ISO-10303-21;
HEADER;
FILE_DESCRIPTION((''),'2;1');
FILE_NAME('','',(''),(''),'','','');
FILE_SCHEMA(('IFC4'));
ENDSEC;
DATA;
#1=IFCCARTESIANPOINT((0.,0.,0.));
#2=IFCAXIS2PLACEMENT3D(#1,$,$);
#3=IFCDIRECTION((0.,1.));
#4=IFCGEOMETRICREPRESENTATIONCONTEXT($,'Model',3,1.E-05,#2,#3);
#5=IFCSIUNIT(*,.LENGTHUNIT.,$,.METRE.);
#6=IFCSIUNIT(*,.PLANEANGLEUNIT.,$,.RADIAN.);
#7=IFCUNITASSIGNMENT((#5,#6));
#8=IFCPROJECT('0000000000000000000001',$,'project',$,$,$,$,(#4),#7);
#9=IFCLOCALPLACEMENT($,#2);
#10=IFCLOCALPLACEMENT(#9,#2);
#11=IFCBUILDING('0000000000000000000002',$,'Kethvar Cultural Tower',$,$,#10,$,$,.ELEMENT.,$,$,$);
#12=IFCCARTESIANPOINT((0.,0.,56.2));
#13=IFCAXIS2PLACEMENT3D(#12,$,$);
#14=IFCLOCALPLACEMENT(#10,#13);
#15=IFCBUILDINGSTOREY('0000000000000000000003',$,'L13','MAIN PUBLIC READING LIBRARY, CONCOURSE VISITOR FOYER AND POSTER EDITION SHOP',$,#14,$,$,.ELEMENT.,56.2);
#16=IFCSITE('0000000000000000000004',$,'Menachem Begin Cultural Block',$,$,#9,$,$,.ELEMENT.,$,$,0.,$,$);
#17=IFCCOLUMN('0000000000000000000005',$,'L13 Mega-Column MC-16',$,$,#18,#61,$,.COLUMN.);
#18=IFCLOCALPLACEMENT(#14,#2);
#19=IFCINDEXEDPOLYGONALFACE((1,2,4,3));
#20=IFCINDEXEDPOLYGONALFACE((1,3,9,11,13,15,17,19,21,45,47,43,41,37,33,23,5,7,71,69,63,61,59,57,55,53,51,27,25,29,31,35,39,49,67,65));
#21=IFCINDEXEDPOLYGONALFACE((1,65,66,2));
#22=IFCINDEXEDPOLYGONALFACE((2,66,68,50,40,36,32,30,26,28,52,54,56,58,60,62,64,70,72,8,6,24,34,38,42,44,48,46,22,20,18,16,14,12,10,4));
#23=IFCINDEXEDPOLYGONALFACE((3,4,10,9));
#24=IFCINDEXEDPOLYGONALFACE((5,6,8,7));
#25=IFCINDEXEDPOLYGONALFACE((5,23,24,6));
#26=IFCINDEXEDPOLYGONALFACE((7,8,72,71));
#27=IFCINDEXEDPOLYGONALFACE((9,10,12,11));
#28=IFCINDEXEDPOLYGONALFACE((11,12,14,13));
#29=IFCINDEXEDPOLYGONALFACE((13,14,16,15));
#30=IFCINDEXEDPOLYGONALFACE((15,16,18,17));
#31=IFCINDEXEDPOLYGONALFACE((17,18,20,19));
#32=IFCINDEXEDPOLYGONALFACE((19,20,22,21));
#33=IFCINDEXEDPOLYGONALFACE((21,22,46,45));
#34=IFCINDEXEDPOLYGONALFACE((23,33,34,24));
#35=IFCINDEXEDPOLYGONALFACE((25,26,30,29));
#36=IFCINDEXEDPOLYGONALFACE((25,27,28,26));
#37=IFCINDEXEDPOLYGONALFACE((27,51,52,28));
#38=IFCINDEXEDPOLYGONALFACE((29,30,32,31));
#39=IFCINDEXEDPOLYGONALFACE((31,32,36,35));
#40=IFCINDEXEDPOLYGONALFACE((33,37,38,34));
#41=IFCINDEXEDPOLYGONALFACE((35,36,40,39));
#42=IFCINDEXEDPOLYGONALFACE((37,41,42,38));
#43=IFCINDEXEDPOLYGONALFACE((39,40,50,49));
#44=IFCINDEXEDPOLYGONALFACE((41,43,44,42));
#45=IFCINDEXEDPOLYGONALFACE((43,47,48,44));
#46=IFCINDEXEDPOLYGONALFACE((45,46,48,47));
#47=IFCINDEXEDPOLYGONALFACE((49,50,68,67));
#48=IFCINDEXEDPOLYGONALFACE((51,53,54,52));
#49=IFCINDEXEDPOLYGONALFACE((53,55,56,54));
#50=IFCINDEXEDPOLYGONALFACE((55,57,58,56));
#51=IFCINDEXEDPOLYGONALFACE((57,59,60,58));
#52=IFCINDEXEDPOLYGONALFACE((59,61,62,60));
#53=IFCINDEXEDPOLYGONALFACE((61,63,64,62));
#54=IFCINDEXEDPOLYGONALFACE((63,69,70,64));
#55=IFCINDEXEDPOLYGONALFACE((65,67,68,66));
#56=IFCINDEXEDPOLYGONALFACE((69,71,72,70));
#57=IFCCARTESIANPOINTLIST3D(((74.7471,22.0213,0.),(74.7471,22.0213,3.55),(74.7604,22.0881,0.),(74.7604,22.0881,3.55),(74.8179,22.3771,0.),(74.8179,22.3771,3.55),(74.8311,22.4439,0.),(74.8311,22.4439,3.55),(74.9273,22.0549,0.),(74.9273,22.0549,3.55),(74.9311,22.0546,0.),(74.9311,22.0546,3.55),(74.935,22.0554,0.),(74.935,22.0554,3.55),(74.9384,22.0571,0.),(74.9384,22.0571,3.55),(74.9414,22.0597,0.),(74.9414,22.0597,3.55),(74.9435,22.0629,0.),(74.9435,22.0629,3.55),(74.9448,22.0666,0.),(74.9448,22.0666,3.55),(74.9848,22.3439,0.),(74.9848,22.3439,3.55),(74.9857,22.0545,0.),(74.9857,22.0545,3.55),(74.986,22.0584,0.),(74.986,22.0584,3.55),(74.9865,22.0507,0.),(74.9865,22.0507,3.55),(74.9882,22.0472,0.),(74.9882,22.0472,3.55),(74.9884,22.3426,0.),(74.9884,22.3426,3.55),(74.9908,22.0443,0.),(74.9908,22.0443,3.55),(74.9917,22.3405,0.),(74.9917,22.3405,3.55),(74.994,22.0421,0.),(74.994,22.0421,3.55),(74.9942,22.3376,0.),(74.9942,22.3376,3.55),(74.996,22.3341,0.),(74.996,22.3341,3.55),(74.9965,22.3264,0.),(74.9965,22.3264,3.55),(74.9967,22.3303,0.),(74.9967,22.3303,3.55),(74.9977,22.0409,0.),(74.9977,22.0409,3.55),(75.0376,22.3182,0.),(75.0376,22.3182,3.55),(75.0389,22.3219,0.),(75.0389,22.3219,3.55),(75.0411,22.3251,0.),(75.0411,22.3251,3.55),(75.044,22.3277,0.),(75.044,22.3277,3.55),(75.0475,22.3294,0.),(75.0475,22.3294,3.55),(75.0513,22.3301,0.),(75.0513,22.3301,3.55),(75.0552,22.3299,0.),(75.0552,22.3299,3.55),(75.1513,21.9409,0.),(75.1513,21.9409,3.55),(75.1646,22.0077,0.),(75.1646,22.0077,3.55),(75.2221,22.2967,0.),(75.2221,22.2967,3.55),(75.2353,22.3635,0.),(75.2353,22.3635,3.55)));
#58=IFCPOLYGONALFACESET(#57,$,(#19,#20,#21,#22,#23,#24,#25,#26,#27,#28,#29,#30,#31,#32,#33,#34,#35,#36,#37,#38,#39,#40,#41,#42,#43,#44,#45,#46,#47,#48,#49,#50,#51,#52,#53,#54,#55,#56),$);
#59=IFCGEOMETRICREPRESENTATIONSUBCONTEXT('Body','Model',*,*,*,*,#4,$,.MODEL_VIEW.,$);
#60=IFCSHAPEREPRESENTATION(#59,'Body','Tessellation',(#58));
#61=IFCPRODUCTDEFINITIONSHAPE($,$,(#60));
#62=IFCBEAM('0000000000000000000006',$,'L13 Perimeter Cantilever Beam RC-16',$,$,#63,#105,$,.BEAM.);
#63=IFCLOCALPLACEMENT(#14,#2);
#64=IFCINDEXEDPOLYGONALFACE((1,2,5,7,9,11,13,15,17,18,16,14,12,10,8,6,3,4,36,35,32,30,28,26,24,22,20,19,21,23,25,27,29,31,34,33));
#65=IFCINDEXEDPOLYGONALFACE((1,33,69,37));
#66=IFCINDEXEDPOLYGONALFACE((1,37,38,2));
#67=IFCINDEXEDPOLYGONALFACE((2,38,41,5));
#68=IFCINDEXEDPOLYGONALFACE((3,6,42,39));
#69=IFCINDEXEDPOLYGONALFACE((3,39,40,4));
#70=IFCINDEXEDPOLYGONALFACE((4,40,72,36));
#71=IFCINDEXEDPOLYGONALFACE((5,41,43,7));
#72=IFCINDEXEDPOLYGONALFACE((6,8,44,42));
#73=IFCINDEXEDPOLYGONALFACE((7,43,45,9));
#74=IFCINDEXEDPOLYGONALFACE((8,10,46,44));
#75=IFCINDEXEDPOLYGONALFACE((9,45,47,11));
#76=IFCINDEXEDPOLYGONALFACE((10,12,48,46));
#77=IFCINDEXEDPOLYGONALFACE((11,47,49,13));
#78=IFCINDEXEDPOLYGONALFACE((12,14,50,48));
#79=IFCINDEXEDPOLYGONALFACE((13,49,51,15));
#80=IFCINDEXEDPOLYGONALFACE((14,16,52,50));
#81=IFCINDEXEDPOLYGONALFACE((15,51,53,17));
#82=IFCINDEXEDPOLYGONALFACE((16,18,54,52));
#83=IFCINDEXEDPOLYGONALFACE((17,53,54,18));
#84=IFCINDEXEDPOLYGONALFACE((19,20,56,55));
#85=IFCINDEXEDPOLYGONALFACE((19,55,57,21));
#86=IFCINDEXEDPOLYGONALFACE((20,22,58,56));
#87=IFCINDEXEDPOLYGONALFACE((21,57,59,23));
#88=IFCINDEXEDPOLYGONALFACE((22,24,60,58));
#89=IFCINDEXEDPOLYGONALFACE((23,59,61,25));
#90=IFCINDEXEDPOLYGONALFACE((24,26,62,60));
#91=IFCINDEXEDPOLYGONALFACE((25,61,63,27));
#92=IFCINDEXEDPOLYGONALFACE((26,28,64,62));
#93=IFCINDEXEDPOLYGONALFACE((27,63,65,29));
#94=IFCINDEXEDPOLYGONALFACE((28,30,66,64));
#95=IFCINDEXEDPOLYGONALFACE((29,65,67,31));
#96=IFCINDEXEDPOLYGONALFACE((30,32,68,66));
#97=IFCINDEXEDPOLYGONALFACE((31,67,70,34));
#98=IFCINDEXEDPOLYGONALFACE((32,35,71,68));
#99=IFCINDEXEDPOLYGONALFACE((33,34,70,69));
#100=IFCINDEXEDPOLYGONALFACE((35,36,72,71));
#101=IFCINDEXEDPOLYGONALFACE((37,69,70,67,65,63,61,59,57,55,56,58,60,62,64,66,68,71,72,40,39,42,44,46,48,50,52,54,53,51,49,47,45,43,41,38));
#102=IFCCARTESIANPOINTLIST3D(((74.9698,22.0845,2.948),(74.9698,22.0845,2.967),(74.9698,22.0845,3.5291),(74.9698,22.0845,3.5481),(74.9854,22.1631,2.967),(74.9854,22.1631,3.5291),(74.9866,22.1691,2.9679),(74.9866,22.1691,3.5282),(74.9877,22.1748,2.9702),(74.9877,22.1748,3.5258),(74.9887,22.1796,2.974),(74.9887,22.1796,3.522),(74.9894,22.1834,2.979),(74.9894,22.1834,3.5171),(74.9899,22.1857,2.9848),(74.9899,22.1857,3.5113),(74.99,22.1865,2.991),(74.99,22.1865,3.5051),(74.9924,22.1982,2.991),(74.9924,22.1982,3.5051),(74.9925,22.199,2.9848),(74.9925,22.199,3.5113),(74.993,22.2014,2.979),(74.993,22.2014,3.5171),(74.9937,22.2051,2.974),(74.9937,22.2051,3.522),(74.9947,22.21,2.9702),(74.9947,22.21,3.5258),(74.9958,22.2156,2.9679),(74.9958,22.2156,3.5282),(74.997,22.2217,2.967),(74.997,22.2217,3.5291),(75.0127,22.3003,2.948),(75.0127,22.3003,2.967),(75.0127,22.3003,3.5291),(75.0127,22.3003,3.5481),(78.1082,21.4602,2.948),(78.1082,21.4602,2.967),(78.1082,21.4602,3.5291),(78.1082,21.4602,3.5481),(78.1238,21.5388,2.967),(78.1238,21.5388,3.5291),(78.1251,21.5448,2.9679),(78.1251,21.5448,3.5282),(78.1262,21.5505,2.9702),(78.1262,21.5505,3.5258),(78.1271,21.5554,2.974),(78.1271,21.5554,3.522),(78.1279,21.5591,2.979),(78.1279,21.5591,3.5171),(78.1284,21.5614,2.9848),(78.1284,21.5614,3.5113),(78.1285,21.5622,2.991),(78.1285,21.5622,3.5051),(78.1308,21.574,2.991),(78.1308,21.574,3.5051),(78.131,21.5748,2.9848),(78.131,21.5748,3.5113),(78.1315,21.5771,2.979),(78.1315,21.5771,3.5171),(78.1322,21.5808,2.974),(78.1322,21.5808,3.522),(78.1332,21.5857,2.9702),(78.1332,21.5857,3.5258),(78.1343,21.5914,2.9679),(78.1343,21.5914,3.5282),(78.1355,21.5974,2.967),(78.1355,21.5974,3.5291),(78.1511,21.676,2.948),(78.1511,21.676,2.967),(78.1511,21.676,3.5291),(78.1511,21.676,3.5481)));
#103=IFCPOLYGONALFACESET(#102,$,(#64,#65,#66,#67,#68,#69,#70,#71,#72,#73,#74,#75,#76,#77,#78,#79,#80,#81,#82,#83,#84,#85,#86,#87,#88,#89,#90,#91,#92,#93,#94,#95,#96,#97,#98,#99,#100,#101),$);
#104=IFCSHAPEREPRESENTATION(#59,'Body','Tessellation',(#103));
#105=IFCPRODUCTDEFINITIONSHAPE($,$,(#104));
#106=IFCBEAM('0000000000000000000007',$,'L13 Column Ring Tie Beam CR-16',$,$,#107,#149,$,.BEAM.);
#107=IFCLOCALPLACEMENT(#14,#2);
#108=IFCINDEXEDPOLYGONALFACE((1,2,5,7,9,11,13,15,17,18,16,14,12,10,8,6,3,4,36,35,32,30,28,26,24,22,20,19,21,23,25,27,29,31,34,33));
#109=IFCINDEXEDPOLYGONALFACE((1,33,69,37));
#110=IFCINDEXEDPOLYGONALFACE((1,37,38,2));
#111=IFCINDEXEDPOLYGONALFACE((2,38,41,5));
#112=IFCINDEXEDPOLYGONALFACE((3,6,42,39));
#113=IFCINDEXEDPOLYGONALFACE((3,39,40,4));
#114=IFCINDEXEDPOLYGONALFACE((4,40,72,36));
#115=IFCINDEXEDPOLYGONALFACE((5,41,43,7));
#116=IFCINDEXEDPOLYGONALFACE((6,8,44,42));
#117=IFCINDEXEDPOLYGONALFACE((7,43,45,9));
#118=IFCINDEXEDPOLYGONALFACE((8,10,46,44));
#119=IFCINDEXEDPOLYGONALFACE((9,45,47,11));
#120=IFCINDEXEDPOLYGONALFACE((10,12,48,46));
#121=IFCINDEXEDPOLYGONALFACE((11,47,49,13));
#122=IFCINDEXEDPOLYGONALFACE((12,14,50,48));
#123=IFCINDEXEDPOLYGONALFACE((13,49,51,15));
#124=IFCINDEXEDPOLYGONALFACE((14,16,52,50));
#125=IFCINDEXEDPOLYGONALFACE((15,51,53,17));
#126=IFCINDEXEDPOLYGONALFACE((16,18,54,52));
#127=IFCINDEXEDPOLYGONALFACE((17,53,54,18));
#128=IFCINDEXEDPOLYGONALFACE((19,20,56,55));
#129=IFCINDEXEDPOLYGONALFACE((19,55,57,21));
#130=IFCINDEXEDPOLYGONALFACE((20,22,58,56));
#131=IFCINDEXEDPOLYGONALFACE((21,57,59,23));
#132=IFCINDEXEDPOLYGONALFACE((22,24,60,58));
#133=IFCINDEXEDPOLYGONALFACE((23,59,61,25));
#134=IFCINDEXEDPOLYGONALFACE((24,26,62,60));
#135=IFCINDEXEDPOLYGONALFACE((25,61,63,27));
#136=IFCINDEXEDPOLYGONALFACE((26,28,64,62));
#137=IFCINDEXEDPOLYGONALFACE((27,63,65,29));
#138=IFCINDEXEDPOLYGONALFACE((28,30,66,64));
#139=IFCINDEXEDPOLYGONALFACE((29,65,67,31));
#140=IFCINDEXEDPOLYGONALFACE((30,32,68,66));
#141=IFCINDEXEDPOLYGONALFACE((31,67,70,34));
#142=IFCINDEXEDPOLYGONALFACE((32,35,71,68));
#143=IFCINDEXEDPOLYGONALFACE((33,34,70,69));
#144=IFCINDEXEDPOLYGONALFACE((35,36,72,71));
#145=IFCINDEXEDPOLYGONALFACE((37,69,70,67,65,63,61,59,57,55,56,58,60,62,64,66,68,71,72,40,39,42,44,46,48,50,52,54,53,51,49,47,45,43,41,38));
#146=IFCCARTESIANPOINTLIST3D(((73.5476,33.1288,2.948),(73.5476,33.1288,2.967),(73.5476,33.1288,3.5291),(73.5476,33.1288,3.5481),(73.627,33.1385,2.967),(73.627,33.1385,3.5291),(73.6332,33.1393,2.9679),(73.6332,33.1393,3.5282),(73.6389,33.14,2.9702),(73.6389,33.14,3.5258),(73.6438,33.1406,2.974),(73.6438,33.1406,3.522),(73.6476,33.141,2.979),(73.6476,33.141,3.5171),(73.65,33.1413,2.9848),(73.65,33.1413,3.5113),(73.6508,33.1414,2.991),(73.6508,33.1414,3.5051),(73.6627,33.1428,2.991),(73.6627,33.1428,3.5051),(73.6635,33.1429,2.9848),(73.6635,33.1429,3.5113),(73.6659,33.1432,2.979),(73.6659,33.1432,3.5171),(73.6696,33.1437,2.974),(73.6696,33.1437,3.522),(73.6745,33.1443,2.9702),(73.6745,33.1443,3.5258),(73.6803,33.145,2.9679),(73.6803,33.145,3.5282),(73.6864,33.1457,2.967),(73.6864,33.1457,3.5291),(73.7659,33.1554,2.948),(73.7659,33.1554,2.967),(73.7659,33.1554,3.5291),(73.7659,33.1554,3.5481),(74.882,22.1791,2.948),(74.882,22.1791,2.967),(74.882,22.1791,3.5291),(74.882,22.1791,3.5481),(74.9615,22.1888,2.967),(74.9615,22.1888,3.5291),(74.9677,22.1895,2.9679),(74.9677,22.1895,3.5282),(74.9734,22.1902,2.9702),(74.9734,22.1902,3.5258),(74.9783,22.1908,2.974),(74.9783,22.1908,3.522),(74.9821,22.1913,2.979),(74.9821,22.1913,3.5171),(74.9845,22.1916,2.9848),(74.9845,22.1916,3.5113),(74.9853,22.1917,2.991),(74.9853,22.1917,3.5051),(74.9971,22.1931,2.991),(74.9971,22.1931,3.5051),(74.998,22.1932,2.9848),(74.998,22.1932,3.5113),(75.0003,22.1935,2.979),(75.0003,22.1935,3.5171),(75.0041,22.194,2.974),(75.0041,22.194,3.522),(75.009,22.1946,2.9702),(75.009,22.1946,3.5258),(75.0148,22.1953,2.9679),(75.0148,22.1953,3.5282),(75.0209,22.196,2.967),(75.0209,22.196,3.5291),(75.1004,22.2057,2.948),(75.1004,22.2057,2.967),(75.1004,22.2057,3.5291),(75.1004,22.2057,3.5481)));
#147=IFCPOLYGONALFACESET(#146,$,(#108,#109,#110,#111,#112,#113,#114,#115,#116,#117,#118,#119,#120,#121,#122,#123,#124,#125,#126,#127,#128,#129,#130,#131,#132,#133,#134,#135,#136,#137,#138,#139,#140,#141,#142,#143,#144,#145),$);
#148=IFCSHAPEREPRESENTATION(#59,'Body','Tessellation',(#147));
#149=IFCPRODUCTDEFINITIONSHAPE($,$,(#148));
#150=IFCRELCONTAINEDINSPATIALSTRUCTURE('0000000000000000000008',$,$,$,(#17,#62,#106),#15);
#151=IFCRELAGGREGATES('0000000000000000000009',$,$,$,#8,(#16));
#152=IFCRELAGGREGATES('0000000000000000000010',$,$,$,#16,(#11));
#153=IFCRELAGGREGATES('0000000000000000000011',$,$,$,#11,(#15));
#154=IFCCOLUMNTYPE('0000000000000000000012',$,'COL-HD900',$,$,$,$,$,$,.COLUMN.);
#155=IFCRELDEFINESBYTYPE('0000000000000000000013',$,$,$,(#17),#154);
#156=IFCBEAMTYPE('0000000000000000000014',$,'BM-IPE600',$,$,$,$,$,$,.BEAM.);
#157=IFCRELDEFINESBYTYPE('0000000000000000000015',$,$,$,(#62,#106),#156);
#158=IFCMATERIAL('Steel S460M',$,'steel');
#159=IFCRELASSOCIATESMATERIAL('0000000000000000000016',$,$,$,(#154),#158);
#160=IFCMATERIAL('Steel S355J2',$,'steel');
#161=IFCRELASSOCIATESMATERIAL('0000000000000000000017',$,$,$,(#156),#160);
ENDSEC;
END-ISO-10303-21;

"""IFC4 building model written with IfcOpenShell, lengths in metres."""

from ifc_helpers import new_model, si_unit, direction, frame, origin, origin_2d, place, context, subcontext, project, spatial, i_section, extrude, source, transform, mapped, material, material_profile, profile_set, type_object, element, save


model = new_model("IFC4")

# Units and contexts
model_context = context("Model", 3, precision=1e-05, world=origin(), true_north=direction((0.0, 1.0)))
body_context = subcontext(model_context, "Body", "Model", "MODEL_VIEW")
ifc_project = project(units=[si_unit("LENGTHUNIT", "METRE"), si_unit("PLANEANGLEUNIT", "RADIAN")], contexts=[model_context])

# Site, building, storey
site_placement = place(None, origin())
site = spatial("IfcSite", under=ifc_project, at=site_placement, Name="Menachem Begin Cultural Block", CompositionType="ELEMENT", RefElevation=0.0)
building_placement = place(site_placement, origin())
building = spatial("IfcBuilding", under=site, at=building_placement, Name="Kethvar Cultural Tower", CompositionType="ELEMENT")
storey_placement = place(building_placement, frame((0.0, 0.0, 56.2)))
storey = spatial("IfcBuildingStorey", under=building, at=storey_placement, Name="L13", Description="MAIN PUBLIC READING LIBRARY, CONCOURSE VISITOR FOYER AND POSTER EDITION SHOP", CompositionType="ELEMENT", Elevation=56.2)

# Column
ifc_material_1 = material(Name="Steel S460M", Category="steel")
ifc_material_profile_1 = material_profile(ifc_material_1, i_section(OverallWidth=0.4121, OverallDepth=0.4309, WebThickness=0.042, FlangeThickness=0.0681, FilletRadius=0.0149, at=origin_2d()), Name="Steel S460M — HD400x900")
ifc_profile_set_1 = profile_set([ifc_material_profile_1], Name="Steel S460M — HD400x900")
column_type = type_object("IfcColumnType", Name="COL-HD900", PredefinedType="COLUMN", material=ifc_profile_set_1)
shared_shape_1 = source(origin(), body_context, "Body", "SweptSolid", [
    extrude(i_section(OverallWidth=0.4121, OverallDepth=0.4309, WebThickness=0.042, FlangeThickness=0.0681, FilletRadius=0.0149, at=origin_2d()), origin(), (0.0, 0.0, 1.0), 3.55),
])
column_placement = place(storey_placement, frame((74.9912, 22.1924, 0.0), z_axis=(0.0, 0.0, 1.0), x_axis=(0.980785, -0.19509, 0.0)))
element("IfcColumn", 1, at=column_placement, inside=storey, type_object=column_type, Name="L13 Mega-Column MC-16", PredefinedType="COLUMN", context=body_context, shape_type="MappedRepresentation", body=[
    mapped(shared_shape_1, transform((0.0, 0.0, 0.0), scale=1.0)),
])

# Beams
ifc_material_2 = material(Name="Steel S355J2", Category="steel")
ifc_material_profile_2 = material_profile(ifc_material_2, i_section(OverallWidth=0.22, OverallDepth=0.6001, WebThickness=0.012, FlangeThickness=0.019, FilletRadius=0.0239, at=origin_2d()), Name="Steel S355J2 — IPE600")
ifc_profile_set_2 = profile_set([ifc_material_profile_2], Name="Steel S355J2 — IPE600")
beam_type_1 = type_object("IfcBeamType", Name="BM-IPE600", PredefinedType="BEAM", material=ifc_profile_set_2)
shared_shape_2 = source(origin(), body_context, "Body", "SweptSolid", [
    extrude(i_section(OverallWidth=0.22, OverallDepth=0.6001, WebThickness=0.012, FlangeThickness=0.019, FilletRadius=0.0239, at=origin_2d()), origin(), (0.0, 0.0, 1.0), 3.2),
])
beam_1_placement = place(storey_placement, frame((74.9912, 22.1924, 3.248), z_axis=(0.980786, -0.195089, 0.0), x_axis=(0.195089, 0.980786, 0.0)))
element("IfcBeam", 2, at=beam_1_placement, inside=storey, type_object=beam_type_1, Name="L13 Perimeter Cantilever Beam RC-16", PredefinedType="BEAM", context=body_context, shape_type="MappedRepresentation", body=[
    mapped(shared_shape_2, transform((0.0, 0.0, 0.0), scale=1.0)),
])
shared_shape_3 = source(origin(), body_context, "Body", "SweptSolid", [
    extrude(i_section(OverallWidth=0.22, OverallDepth=0.6001, WebThickness=0.012, FlangeThickness=0.019, FilletRadius=0.0239, at=origin_2d()), origin(), (0.0, 0.0, 1.0), 11.0308),
])
beam_2_placement = place(storey_placement, frame((74.9912, 22.1924, 3.248), z_axis=(-0.120978, 0.992655, 0.0), x_axis=(-0.992655, -0.120978, 0.0)))
element("IfcBeam", 3, at=beam_2_placement, inside=storey, type_object=beam_type_1, Name="L13 Column Ring Tie Beam CR-16", PredefinedType="BEAM", context=body_context, shape_type="MappedRepresentation", body=[
    mapped(shared_shape_3, transform((0.0, 0.0, 0.0), scale=1.0)),
])

save(model, "model.ifc")
